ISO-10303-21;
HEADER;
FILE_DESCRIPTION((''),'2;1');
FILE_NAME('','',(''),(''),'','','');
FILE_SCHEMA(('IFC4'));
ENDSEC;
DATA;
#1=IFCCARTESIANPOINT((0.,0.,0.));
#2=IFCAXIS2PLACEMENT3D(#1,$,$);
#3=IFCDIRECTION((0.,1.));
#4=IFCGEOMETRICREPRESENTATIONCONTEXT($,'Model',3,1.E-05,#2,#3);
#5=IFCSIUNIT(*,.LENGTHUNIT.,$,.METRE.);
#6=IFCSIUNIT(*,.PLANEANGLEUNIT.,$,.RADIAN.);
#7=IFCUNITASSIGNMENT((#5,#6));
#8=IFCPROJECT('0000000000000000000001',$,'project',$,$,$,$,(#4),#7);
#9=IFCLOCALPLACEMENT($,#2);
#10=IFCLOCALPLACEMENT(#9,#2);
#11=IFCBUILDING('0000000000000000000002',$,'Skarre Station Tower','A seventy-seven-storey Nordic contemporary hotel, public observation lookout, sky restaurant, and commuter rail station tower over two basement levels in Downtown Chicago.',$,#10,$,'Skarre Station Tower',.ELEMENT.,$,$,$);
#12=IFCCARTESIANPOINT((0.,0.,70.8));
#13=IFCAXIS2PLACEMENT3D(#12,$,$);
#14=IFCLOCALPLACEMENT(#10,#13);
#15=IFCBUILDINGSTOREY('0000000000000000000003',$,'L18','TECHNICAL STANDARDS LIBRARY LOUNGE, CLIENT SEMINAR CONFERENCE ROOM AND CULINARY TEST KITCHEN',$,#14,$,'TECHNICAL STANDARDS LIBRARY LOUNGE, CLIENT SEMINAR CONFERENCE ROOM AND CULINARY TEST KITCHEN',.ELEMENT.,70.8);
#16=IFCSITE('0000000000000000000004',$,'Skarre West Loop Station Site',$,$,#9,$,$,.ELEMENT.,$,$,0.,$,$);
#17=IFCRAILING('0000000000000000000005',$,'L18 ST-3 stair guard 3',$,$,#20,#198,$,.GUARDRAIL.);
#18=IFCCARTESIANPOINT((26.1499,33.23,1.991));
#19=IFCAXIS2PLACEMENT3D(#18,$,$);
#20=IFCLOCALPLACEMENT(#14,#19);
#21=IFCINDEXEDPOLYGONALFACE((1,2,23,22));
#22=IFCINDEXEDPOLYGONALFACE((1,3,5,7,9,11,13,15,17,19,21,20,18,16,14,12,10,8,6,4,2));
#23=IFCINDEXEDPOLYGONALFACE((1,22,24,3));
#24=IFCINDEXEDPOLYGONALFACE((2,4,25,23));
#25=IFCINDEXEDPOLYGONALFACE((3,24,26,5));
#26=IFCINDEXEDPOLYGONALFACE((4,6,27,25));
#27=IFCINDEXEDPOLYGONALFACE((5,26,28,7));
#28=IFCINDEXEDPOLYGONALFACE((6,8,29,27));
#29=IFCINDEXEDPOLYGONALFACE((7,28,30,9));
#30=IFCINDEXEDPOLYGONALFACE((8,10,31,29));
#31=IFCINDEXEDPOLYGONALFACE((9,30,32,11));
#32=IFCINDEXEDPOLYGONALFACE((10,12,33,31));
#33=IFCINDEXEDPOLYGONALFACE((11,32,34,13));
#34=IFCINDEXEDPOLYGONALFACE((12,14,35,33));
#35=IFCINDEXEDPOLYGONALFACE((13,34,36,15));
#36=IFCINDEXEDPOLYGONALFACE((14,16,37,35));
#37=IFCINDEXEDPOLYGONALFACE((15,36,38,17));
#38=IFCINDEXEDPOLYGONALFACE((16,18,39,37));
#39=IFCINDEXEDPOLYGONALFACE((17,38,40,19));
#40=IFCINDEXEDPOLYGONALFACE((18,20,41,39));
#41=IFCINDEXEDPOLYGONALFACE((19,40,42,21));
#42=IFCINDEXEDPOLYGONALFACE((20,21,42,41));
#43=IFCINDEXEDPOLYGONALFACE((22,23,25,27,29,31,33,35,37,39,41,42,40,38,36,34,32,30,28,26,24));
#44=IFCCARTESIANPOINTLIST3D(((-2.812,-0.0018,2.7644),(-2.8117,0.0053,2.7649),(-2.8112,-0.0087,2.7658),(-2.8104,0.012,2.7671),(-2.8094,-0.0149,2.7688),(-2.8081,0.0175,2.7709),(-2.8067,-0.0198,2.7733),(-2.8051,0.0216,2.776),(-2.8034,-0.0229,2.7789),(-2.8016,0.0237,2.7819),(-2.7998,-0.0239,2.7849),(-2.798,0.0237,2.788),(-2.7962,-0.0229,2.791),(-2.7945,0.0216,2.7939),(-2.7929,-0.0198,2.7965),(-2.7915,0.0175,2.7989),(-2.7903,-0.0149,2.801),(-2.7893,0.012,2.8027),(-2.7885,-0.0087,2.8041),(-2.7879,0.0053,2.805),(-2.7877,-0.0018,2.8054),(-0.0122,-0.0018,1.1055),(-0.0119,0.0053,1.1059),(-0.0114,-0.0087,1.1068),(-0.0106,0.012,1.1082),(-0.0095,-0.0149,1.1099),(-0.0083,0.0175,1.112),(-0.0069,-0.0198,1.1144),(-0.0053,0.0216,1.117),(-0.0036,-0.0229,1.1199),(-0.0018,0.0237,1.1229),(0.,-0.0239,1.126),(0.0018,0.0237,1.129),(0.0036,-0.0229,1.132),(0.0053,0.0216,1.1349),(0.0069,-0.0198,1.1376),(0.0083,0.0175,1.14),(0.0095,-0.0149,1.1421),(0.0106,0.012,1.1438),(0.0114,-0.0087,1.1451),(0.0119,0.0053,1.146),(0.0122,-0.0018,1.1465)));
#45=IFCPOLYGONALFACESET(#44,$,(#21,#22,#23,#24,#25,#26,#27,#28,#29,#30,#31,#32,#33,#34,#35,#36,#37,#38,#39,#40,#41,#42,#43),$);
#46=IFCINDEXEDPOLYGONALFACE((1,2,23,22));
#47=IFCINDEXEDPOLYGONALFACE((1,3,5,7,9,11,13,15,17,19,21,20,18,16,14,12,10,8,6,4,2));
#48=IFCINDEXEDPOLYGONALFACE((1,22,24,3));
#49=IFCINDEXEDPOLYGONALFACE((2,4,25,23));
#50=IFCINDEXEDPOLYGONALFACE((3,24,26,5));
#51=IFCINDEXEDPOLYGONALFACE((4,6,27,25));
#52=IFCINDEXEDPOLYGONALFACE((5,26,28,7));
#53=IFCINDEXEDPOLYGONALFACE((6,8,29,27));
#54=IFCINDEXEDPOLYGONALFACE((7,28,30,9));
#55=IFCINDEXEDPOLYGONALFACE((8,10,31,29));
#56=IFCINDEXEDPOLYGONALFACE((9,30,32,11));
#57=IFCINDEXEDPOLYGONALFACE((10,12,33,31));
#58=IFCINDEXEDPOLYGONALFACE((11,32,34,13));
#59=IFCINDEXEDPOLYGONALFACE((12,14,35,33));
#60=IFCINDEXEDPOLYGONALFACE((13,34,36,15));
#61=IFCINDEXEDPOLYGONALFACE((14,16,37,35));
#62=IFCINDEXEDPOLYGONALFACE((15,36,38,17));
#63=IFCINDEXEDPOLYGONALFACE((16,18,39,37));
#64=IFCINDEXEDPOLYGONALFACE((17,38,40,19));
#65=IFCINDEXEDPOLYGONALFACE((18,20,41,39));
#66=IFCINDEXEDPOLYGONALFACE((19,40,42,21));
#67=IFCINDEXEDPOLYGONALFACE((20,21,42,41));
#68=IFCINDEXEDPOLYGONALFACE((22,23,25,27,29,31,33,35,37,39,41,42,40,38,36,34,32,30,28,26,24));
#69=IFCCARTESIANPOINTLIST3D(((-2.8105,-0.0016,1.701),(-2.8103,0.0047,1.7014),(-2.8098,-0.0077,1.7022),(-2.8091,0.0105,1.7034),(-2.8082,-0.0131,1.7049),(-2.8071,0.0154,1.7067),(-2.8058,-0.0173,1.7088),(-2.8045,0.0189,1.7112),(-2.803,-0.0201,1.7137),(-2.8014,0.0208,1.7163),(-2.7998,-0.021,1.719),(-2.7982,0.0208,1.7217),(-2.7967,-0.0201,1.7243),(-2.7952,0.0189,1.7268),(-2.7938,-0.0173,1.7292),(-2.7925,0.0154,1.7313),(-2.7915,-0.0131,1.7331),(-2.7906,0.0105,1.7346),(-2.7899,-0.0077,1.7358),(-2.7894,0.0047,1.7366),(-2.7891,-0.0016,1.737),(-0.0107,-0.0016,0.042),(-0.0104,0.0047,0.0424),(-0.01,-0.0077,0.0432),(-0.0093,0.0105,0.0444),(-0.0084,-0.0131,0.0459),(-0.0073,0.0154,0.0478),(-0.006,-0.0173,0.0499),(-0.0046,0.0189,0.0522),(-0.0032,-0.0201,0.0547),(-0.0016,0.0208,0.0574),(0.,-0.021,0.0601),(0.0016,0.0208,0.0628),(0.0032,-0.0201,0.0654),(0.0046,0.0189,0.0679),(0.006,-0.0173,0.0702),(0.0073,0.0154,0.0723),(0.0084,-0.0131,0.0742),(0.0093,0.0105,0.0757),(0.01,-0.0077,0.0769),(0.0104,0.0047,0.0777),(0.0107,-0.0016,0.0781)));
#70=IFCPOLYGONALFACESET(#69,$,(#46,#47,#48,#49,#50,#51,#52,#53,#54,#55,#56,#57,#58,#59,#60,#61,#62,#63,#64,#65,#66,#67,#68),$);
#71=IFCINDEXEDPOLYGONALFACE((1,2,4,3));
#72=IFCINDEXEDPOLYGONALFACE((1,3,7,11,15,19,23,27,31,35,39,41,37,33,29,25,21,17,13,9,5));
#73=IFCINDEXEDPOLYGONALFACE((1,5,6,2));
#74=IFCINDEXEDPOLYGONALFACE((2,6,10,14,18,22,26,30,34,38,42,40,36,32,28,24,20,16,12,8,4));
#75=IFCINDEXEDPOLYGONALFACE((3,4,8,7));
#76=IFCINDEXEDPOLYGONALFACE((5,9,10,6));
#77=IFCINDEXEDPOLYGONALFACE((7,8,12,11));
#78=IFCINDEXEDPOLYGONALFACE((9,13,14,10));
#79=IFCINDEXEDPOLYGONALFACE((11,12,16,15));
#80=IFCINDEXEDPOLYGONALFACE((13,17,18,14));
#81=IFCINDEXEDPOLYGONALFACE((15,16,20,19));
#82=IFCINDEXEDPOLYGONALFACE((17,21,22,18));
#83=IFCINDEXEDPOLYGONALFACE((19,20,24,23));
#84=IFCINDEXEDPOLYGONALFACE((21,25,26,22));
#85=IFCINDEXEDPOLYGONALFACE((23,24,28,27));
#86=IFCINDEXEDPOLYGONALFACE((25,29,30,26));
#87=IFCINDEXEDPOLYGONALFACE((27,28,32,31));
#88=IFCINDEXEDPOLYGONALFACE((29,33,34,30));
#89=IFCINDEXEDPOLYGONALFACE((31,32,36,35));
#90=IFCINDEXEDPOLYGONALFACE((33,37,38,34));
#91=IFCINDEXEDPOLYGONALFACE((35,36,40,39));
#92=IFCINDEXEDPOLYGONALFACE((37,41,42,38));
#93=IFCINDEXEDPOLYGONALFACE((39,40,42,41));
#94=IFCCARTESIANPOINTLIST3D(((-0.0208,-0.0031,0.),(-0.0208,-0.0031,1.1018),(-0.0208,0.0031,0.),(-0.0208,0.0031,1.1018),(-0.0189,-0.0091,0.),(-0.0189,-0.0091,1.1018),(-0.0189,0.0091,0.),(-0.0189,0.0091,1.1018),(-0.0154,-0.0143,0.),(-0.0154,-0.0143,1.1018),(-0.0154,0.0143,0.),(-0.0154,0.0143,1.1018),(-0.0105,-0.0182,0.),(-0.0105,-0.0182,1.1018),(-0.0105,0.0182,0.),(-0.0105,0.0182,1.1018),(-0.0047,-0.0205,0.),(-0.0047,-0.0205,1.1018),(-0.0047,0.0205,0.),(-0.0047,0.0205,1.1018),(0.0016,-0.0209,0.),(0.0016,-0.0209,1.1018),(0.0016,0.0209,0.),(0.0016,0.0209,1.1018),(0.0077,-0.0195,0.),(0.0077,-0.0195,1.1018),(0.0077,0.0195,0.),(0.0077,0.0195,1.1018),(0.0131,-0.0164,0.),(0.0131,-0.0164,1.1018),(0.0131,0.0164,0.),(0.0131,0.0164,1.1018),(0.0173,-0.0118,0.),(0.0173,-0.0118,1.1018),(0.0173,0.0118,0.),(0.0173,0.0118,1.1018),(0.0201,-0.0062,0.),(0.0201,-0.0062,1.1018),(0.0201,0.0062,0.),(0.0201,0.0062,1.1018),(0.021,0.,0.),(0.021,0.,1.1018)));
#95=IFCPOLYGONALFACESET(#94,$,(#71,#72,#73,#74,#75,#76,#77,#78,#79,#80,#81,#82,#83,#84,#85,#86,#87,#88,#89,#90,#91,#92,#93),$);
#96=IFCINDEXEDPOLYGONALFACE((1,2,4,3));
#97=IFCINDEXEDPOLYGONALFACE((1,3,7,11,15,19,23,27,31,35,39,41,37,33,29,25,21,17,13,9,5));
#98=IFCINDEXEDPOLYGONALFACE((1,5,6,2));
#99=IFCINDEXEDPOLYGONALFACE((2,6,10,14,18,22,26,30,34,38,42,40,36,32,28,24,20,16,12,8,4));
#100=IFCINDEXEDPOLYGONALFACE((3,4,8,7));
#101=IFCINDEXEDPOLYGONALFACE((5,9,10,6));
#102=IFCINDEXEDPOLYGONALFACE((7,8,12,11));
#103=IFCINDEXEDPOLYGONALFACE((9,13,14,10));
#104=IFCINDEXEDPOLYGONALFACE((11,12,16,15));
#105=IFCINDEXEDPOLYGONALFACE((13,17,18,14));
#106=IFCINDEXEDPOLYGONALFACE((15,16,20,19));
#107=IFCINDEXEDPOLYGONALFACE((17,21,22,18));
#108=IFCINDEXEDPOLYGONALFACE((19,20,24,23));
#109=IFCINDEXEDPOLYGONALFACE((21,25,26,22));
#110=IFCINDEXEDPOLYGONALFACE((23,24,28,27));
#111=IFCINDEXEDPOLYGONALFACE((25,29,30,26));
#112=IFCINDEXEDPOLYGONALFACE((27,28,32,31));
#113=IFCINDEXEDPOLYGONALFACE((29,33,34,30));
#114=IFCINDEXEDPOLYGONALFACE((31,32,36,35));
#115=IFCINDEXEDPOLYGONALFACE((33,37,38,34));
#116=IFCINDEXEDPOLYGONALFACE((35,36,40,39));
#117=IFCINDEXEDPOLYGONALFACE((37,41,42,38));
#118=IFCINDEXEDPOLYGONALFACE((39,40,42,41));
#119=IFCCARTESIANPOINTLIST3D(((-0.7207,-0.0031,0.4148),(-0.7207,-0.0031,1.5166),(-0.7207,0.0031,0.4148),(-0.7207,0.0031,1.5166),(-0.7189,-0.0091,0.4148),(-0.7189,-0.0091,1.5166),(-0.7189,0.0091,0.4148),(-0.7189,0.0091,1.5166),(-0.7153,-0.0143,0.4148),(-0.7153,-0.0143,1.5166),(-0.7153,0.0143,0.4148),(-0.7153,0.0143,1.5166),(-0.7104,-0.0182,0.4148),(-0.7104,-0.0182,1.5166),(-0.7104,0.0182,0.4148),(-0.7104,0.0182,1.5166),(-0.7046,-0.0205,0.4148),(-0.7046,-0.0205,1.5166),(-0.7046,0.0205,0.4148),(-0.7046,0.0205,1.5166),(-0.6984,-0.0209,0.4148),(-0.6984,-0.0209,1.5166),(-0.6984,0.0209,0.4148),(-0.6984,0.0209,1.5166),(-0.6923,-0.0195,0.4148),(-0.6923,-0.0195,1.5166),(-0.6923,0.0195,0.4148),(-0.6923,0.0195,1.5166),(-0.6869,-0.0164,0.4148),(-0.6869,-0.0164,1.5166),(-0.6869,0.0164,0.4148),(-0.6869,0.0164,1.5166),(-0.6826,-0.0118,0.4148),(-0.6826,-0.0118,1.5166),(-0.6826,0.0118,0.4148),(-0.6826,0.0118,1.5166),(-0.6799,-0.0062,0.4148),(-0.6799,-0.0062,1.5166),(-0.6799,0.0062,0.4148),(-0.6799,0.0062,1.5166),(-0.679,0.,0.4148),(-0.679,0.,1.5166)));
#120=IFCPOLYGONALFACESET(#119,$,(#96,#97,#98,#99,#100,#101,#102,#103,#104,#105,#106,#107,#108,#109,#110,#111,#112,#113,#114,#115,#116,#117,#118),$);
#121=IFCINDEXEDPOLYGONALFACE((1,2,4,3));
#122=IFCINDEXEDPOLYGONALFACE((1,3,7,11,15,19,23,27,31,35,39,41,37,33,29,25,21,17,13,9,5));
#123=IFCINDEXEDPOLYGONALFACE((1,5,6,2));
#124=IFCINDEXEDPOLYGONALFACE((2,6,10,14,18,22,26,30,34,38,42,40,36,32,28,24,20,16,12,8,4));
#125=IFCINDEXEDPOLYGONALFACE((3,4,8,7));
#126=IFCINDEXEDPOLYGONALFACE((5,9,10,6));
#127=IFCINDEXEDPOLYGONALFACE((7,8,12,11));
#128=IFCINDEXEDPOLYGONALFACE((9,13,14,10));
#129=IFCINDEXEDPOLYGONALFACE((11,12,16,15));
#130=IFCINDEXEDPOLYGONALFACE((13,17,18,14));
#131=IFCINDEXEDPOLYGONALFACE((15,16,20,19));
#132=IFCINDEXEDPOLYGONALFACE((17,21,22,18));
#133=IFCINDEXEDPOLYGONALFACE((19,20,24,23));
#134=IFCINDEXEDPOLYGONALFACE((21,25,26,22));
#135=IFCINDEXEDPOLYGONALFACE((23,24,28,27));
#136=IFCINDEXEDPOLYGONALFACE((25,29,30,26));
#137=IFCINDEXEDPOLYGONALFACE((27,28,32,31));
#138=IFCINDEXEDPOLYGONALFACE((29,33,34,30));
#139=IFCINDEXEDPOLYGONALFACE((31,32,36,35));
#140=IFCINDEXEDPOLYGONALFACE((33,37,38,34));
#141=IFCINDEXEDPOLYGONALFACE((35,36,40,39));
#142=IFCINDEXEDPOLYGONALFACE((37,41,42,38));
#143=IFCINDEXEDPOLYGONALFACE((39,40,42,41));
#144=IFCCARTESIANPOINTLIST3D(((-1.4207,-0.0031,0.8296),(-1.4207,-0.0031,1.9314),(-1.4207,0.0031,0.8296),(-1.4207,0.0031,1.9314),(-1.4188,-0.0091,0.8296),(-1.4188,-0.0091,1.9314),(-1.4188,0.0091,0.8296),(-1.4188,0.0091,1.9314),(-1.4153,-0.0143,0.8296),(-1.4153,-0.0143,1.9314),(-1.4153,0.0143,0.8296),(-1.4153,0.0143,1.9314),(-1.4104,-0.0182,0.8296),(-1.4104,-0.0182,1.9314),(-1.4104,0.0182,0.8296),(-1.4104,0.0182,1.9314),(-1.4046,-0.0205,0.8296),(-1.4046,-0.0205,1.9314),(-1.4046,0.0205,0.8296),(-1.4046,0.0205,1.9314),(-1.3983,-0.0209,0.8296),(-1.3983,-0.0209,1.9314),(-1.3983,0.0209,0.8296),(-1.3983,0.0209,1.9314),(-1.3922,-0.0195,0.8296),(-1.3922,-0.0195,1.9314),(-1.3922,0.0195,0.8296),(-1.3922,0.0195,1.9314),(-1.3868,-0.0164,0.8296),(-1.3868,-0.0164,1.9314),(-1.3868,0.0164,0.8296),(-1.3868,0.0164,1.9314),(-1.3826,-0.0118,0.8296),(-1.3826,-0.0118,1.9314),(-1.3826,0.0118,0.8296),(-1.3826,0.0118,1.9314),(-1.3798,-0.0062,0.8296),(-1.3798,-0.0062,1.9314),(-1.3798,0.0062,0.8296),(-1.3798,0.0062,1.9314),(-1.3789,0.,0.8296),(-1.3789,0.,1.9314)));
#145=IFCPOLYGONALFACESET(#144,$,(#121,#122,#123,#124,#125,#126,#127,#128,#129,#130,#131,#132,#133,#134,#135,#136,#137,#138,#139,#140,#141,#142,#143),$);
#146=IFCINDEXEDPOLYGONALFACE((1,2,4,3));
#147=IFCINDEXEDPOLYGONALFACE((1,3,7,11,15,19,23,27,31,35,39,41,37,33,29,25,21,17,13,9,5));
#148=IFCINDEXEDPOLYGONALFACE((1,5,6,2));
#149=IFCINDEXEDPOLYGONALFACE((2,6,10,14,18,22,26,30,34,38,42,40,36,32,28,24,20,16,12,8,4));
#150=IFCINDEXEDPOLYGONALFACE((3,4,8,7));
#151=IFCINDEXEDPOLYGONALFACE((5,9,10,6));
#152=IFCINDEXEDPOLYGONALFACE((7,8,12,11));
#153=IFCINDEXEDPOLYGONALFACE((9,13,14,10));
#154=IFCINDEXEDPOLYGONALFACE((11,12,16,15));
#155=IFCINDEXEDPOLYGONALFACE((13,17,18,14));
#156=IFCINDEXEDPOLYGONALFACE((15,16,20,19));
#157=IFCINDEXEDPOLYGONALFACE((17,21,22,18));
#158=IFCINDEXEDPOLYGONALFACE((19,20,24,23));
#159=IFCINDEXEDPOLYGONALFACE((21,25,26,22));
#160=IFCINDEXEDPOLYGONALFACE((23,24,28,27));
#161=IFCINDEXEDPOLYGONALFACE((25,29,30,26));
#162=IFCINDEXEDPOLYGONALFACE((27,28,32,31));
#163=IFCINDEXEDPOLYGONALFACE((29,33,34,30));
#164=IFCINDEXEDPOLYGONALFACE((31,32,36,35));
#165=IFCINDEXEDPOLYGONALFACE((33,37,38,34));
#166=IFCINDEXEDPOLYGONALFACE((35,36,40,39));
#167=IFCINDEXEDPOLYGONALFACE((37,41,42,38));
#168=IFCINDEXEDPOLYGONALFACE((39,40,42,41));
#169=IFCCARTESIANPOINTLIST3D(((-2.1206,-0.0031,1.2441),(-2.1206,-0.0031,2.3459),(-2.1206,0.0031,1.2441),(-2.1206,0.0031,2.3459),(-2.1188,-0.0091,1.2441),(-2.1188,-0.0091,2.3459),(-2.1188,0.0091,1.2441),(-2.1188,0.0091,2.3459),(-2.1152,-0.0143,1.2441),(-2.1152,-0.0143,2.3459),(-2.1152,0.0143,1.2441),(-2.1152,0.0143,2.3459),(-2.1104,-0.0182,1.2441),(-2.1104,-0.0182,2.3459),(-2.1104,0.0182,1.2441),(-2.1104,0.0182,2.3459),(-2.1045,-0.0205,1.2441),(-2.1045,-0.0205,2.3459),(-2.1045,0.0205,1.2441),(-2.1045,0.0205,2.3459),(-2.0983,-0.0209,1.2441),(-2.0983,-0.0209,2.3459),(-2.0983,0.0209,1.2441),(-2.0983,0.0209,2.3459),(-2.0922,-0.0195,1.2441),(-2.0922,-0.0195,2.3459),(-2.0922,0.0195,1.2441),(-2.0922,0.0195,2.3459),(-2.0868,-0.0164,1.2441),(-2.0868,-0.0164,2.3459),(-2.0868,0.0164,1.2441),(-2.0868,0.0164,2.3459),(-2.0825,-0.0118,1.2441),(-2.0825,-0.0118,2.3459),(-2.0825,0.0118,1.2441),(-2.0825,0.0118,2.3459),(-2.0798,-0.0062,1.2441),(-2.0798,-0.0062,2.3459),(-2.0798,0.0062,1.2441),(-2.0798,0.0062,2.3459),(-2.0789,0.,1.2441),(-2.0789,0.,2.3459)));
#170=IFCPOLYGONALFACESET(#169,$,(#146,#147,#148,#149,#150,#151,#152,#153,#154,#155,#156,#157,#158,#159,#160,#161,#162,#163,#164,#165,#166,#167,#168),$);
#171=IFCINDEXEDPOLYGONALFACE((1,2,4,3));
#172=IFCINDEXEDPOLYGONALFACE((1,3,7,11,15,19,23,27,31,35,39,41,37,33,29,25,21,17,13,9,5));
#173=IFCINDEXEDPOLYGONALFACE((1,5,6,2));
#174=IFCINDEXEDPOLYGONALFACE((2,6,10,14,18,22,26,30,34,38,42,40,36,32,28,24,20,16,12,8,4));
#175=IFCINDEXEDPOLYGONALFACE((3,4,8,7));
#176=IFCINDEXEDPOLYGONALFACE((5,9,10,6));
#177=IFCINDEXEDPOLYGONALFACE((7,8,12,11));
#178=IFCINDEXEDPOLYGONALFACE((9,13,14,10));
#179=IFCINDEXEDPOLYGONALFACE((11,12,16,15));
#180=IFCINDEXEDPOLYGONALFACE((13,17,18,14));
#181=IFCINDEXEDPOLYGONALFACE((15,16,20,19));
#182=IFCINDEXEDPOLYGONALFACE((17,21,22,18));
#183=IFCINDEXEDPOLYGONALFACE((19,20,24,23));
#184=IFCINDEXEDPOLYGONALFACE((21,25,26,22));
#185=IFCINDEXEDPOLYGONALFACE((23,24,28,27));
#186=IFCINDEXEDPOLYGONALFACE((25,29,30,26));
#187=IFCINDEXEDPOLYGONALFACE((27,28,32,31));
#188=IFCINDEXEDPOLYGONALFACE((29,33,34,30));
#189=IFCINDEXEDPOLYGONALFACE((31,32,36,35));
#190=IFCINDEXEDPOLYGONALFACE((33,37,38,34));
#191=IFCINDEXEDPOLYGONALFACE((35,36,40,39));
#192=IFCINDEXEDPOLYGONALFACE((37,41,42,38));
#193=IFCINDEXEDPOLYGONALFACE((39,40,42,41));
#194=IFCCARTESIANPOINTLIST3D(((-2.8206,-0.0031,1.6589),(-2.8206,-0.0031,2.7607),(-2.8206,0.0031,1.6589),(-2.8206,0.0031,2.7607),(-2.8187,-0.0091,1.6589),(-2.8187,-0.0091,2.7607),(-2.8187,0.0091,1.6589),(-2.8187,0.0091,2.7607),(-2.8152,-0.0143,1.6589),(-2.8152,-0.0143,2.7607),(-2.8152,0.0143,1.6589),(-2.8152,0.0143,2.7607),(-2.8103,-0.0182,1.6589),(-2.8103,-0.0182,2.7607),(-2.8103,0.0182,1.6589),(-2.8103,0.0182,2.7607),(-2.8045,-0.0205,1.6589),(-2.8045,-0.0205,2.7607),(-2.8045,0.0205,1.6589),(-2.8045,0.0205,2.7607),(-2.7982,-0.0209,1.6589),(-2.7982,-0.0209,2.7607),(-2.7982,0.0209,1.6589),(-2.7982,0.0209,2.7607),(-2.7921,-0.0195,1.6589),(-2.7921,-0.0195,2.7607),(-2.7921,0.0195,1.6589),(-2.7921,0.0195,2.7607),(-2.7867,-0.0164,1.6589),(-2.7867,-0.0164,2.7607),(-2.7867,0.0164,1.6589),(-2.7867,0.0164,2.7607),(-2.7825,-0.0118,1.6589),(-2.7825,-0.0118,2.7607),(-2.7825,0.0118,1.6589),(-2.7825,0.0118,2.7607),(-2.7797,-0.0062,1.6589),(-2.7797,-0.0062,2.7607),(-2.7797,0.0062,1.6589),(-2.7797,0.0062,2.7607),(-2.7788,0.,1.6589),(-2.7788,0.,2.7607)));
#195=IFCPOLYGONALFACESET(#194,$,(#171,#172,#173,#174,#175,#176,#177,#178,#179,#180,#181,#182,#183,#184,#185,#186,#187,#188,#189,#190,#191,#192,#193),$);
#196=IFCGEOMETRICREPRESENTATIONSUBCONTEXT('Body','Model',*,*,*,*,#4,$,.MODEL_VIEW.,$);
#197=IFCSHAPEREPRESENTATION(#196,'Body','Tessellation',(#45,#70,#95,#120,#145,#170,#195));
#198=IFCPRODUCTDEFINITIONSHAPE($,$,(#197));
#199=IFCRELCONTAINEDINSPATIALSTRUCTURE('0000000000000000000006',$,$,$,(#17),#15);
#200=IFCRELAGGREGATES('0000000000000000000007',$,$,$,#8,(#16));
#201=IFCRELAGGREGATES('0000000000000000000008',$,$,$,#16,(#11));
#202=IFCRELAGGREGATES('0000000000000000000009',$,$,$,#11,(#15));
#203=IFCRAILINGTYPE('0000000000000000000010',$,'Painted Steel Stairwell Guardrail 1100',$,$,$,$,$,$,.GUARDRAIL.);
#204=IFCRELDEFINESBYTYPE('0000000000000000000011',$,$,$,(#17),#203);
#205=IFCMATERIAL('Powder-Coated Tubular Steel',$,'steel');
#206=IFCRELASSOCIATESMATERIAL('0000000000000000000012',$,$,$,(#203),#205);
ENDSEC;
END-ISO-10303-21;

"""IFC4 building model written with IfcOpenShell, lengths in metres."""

from ifc_helpers import new_model, si_unit, direction, frame, origin, origin_2d, place, context, subcontext, project, spatial, circle, extrude, material, type_object, element, save


model = new_model("IFC4")

# Units and contexts
model_context = context("Model", 3, precision=1e-05, world=origin(), true_north=direction((0.0, 1.0)))
body_context = subcontext(model_context, "Body", "Model", "MODEL_VIEW")
ifc_project = project(units=[si_unit("LENGTHUNIT", "METRE"), si_unit("PLANEANGLEUNIT", "RADIAN")], contexts=[model_context])

# Site, building, storey
site_placement = place(None, origin())
site = spatial("IfcSite", under=ifc_project, at=site_placement, Name="Skarre West Loop Station Site", CompositionType="ELEMENT", RefElevation=0.0)
building_placement = place(site_placement, origin())
building = spatial("IfcBuilding", under=site, at=building_placement, Name="Skarre Station Tower", Description="A seventy-seven-storey Nordic contemporary hotel, public observation lookout, sky restaurant, and commuter rail station tower over two basement levels in Downtown Chicago.", LongName="Skarre Station Tower", CompositionType="ELEMENT")
storey_placement = place(building_placement, frame((0.0, 0.0, 70.8)))
storey = spatial("IfcBuildingStorey", under=building, at=storey_placement, Name="L18", Description="TECHNICAL STANDARDS LIBRARY LOUNGE, CLIENT SEMINAR CONFERENCE ROOM AND CULINARY TEST KITCHEN", LongName="TECHNICAL STANDARDS LIBRARY LOUNGE, CLIENT SEMINAR CONFERENCE ROOM AND CULINARY TEST KITCHEN", CompositionType="ELEMENT", Elevation=70.8)

# Railing
ifc_material_1 = material(Name="Powder-Coated Tubular Steel", Category="steel")
railing_type_1 = type_object("IfcRailingType", Name="Painted Steel Stairwell Guardrail 1100", PredefinedType="GUARDRAIL", material=ifc_material_1)
railing_1_placement = place(storey_placement, frame((26.1499, 33.23, 1.991)))
element("IfcRailing", 1, at=railing_1_placement, inside=storey, type_object=railing_type_1, Name="L18 ST-3 stair guard 3", PredefinedType="GUARDRAIL", context=body_context, shape_type="SweptSolid", body=[
    extrude(circle(Radius=0.0239, at=origin_2d()), frame((0.0, 0.0, 1.126), z_axis=(-0.86032, 0.0, 0.509755), x_axis=(0.0, -1.0, 0.0)), (0.0, 0.0, 1.0), 3.2544),
    extrude(circle(Radius=0.021, at=origin_2d()), frame((0.0, 0.0, 0.0601), z_axis=(-0.86032, 0.0, 0.509755), x_axis=(0.0, -1.0, 0.0)), (0.0, 0.0, 1.0), 3.2544),
    extrude(circle(Radius=0.021, at=origin_2d()), origin(), (0.0, 0.0, 1.0), 1.1018),
    extrude(circle(Radius=0.021, at=origin_2d()), frame((-0.7, 0.0, 0.4148)), (0.0, 0.0, 1.0), 1.1018),
    extrude(circle(Radius=0.021, at=origin_2d()), frame((-1.3999, 0.0, 0.8296)), (0.0, 0.0, 1.0), 1.1018),
    extrude(circle(Radius=0.021, at=origin_2d()), frame((-2.0999, 0.0, 1.2441)), (0.0, 0.0, 1.0), 1.1018),
    extrude(circle(Radius=0.021, at=origin_2d()), frame((-2.7998, 0.0, 1.6589)), (0.0, 0.0, 1.0), 1.1018),
])

save(model, "model.ifc")
